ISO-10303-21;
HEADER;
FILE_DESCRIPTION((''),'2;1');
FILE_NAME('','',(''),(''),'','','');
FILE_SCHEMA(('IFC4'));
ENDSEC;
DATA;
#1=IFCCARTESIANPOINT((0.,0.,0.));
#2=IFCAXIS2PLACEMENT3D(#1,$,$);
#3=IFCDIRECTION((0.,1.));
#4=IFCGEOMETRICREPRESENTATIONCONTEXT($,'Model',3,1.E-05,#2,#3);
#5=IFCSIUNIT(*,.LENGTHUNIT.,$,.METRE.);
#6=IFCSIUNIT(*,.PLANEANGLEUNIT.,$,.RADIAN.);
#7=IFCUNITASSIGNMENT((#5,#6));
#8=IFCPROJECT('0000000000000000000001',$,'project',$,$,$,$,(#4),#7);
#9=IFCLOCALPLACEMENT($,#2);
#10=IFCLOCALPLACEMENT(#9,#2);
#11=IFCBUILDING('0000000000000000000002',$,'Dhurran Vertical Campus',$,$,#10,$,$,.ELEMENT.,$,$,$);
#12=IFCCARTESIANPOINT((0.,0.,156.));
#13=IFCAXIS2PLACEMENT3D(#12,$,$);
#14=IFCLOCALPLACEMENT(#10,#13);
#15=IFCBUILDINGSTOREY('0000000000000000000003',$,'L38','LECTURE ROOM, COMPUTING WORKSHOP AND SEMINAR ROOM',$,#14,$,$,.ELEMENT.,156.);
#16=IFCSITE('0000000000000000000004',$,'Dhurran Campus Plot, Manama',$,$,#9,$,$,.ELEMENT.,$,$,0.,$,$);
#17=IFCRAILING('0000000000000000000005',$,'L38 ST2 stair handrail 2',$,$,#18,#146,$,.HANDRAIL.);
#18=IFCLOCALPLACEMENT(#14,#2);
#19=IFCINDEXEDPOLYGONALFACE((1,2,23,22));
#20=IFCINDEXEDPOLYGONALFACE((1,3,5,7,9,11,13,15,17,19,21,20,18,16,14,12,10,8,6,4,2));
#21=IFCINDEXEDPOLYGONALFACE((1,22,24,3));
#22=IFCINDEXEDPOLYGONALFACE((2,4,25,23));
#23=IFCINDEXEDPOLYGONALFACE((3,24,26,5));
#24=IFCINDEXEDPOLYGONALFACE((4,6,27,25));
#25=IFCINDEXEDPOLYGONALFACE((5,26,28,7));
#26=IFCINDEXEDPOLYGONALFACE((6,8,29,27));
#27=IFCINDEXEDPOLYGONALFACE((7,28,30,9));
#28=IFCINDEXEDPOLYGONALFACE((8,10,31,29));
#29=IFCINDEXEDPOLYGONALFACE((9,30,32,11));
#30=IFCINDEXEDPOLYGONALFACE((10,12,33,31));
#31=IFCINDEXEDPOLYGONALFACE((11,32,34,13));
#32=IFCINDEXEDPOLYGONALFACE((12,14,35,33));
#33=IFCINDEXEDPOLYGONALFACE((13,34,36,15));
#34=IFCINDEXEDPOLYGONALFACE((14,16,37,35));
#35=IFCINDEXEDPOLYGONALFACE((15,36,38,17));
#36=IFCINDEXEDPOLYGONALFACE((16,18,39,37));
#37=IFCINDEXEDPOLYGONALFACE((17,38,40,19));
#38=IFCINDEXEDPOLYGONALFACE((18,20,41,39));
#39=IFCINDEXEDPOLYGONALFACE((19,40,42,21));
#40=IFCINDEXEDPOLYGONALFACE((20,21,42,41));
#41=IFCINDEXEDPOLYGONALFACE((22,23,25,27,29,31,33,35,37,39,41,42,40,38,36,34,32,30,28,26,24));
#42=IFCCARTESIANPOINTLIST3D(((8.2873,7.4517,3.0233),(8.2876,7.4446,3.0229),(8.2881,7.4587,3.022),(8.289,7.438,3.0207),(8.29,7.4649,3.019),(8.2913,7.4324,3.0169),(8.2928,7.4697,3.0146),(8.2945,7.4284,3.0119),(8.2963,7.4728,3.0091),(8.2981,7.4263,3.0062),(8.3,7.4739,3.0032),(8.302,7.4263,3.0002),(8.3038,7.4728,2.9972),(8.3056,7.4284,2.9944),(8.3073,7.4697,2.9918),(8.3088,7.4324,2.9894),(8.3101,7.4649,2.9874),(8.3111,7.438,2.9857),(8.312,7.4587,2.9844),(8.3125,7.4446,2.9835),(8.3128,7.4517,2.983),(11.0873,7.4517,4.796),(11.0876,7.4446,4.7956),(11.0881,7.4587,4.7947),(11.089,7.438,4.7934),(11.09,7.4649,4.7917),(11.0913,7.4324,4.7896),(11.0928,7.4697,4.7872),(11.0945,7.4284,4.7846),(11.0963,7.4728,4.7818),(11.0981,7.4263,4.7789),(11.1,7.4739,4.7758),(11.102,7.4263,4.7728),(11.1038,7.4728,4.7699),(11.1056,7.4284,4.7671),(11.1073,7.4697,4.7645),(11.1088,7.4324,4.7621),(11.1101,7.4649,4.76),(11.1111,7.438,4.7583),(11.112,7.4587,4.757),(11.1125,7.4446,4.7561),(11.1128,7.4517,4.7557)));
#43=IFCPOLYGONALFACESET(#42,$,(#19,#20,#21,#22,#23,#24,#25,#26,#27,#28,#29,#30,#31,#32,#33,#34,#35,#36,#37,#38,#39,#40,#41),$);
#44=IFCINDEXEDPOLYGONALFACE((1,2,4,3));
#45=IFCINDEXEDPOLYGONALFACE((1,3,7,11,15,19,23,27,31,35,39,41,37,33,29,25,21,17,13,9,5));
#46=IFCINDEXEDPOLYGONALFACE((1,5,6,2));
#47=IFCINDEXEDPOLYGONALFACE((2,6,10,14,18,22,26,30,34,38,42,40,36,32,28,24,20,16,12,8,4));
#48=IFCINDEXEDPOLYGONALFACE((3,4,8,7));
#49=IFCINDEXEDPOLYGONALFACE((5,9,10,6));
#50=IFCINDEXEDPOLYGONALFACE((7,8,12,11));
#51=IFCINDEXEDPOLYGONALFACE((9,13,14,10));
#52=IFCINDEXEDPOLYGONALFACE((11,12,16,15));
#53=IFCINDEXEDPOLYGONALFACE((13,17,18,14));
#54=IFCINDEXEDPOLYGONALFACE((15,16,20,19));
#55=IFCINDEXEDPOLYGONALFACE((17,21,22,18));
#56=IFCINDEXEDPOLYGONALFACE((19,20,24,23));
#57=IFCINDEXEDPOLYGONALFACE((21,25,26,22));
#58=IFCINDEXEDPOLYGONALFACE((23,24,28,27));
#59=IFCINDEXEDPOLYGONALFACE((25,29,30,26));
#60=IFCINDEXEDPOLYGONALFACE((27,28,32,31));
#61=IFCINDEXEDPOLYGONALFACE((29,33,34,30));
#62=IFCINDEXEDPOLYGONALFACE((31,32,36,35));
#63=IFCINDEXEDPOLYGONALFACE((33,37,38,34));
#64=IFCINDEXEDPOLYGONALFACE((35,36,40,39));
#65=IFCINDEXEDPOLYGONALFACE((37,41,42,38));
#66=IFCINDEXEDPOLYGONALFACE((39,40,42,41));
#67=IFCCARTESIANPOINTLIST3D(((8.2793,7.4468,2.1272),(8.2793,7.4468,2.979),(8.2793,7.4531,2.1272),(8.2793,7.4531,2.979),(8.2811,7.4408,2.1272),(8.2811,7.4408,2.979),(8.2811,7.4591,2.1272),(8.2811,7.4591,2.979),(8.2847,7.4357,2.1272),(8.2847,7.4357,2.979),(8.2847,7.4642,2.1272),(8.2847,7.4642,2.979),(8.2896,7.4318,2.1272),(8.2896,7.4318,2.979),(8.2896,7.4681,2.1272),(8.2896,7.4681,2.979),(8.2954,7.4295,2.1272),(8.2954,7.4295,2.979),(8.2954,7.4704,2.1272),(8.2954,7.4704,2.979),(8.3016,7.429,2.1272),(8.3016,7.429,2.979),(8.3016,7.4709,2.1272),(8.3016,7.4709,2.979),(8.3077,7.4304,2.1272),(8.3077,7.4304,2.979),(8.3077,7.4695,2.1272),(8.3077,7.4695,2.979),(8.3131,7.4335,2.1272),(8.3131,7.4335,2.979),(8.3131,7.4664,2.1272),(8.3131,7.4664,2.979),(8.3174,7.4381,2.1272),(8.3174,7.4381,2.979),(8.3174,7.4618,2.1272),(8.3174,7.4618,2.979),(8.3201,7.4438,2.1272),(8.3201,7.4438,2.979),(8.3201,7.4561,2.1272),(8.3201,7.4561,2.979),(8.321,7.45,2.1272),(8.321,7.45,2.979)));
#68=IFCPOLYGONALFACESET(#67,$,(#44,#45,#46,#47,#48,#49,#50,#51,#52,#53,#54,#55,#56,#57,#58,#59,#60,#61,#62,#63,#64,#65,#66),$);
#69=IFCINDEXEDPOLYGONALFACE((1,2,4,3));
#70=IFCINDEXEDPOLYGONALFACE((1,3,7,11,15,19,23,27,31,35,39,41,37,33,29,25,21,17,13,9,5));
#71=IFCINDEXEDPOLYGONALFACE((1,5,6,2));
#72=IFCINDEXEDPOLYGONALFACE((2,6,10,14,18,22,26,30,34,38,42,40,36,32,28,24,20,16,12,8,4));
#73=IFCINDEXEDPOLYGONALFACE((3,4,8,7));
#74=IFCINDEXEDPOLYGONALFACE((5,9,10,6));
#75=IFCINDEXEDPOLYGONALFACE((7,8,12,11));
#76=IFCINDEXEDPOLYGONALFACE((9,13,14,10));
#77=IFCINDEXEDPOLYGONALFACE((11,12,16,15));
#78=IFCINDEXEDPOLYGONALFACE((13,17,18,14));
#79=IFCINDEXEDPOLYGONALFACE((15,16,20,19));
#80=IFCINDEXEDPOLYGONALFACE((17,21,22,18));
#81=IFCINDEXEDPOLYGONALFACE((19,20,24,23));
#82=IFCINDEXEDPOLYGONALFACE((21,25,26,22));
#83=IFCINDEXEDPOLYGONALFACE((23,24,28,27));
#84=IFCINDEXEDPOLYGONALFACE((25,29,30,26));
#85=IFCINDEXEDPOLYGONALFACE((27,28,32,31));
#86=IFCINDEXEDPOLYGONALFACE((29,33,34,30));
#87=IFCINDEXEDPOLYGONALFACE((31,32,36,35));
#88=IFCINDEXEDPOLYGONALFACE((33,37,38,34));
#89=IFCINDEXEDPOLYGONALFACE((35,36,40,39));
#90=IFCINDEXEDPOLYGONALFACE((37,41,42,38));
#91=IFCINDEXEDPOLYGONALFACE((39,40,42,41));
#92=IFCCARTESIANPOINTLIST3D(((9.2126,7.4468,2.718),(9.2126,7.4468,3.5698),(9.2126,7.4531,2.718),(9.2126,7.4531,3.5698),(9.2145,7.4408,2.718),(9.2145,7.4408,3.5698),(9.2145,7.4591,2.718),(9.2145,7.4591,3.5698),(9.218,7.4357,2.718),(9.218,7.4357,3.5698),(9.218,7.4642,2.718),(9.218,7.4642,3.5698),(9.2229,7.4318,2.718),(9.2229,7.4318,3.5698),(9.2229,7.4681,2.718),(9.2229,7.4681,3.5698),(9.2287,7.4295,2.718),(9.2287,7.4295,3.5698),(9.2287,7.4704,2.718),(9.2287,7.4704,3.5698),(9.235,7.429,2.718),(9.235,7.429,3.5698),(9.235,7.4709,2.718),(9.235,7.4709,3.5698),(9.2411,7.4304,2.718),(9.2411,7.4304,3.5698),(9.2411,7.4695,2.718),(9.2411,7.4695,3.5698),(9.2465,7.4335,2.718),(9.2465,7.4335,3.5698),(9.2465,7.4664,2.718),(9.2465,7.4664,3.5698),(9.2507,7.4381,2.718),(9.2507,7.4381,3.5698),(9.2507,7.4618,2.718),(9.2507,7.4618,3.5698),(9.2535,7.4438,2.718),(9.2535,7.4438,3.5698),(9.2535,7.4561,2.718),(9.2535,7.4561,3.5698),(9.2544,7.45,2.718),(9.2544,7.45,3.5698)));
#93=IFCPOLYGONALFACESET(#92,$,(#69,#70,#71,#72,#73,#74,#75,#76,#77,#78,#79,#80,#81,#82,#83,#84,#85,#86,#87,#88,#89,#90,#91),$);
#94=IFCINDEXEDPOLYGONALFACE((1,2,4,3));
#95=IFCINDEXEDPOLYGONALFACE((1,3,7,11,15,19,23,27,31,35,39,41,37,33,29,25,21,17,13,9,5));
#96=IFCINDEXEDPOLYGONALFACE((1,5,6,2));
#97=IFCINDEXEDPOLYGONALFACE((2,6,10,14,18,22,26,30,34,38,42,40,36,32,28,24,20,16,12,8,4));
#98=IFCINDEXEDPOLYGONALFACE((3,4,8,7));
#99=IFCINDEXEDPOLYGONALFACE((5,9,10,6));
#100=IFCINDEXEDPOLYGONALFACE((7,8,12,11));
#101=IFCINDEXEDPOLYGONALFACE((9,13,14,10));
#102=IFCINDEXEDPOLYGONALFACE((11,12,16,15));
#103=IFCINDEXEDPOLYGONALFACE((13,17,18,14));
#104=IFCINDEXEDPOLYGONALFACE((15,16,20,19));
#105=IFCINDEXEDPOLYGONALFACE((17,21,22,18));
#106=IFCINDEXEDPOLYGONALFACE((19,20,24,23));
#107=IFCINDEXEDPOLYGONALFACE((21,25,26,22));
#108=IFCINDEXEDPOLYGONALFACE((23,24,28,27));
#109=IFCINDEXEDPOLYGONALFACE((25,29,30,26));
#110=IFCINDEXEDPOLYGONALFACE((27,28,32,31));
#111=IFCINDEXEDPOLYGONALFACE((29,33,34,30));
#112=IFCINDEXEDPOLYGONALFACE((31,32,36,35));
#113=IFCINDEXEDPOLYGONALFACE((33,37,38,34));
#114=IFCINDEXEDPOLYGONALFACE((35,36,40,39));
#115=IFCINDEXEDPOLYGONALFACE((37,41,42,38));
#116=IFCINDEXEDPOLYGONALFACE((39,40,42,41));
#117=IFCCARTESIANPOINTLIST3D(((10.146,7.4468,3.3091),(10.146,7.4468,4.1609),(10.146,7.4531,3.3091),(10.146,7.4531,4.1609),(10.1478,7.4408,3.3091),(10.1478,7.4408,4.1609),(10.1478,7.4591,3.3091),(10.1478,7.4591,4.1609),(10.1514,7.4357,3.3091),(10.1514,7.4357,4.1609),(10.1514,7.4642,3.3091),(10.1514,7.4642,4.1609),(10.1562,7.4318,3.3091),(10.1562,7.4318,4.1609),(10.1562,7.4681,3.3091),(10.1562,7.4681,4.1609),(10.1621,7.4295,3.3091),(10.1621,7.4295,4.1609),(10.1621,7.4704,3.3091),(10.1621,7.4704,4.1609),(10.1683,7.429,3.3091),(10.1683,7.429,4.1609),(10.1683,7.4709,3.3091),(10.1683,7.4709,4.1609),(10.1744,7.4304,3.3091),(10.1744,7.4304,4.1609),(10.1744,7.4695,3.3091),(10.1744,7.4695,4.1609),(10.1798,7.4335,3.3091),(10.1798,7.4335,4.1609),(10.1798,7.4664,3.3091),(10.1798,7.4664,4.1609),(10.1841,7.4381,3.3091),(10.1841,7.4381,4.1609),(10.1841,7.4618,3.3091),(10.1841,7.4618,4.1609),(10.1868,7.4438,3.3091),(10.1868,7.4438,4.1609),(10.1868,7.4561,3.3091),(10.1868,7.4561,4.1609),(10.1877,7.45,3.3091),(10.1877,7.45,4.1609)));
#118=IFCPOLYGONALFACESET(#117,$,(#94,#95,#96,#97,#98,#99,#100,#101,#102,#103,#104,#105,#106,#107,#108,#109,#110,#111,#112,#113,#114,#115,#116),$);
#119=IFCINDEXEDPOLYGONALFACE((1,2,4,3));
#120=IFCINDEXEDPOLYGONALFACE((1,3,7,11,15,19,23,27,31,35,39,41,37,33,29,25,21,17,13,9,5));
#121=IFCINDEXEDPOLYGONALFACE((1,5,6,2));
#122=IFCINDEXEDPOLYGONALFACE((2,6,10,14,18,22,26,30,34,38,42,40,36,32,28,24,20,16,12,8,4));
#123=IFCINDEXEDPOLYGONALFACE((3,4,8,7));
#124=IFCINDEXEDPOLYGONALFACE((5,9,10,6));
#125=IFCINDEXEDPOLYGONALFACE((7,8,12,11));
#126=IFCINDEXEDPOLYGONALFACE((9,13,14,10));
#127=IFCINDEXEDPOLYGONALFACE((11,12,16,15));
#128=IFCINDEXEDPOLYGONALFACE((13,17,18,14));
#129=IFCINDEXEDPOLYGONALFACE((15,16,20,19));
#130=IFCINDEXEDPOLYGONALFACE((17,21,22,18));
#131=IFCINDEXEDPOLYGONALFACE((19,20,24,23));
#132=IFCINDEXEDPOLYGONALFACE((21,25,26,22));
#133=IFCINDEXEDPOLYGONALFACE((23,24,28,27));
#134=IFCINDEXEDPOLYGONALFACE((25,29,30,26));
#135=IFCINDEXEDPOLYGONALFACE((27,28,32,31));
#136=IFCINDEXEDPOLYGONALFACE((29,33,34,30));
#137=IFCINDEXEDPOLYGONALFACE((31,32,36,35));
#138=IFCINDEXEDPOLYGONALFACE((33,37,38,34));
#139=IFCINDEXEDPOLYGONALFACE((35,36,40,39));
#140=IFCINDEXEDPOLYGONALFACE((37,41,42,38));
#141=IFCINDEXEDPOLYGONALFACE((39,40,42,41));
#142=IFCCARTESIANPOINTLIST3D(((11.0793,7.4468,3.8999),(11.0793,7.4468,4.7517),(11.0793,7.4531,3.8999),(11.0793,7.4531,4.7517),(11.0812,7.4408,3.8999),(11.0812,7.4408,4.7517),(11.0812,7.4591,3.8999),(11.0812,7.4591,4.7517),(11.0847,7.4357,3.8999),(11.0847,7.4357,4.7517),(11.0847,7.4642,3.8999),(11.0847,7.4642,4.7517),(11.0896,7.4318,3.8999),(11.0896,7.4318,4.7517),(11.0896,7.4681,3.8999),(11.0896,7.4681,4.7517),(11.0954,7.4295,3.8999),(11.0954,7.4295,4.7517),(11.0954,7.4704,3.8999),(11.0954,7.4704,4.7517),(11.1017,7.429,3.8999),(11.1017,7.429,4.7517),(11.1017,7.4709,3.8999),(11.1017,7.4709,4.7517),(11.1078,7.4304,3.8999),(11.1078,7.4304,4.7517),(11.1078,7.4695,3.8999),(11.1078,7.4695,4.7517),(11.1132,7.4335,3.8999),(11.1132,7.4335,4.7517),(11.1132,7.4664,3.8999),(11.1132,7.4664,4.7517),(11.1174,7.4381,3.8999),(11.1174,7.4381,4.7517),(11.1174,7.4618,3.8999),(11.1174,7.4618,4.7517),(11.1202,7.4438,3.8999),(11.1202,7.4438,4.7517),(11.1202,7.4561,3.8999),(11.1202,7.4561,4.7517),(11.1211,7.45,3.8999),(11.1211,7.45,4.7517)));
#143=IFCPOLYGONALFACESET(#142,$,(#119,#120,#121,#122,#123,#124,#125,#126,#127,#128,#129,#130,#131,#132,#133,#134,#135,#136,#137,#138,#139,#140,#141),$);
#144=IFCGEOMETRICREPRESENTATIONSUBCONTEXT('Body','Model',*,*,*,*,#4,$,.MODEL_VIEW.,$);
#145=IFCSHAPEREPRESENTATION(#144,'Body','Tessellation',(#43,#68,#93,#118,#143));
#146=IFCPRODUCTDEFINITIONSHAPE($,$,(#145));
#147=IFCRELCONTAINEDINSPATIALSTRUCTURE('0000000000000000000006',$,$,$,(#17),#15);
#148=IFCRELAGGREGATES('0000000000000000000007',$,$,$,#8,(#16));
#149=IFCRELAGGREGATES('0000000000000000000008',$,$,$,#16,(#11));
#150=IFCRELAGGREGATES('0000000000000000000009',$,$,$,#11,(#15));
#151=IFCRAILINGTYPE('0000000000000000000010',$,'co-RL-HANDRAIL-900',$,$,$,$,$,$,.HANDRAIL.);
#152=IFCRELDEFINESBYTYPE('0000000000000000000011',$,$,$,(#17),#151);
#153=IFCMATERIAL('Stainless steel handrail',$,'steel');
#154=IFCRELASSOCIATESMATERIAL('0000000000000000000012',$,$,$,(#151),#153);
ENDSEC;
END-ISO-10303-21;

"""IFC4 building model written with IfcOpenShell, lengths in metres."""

from ifc_helpers import new_model, si_unit, direction, frame, origin, origin_2d, place, context, subcontext, project, spatial, circle, extrude, material, type_object, element, save


model = new_model("IFC4")

# Units and contexts
model_context = context("Model", 3, precision=1e-05, world=origin(), true_north=direction((0.0, 1.0)))
body_context = subcontext(model_context, "Body", "Model", "MODEL_VIEW")
ifc_project = project(units=[si_unit("LENGTHUNIT", "METRE"), si_unit("PLANEANGLEUNIT", "RADIAN")], contexts=[model_context])

# Site, building, storey
site_placement = place(None, origin())
site = spatial("IfcSite", under=ifc_project, at=site_placement, Name="Dhurran Campus Plot, Manama", CompositionType="ELEMENT", RefElevation=0.0)
building_placement = place(site_placement, origin())
building = spatial("IfcBuilding", under=site, at=building_placement, Name="Dhurran Vertical Campus", CompositionType="ELEMENT")
storey_placement = place(building_placement, frame((0.0, 0.0, 156.0)))
storey = spatial("IfcBuildingStorey", under=building, at=storey_placement, Name="L38", Description="LECTURE ROOM, COMPUTING WORKSHOP AND SEMINAR ROOM", CompositionType="ELEMENT", Elevation=156.0)

# Railing
ifc_material_1 = material(Name="Stainless steel handrail", Category="steel")
railing_type_1 = type_object("IfcRailingType", Name="co-RL-HANDRAIL-900", PredefinedType="HANDRAIL", material=ifc_material_1)
railing_1_placement = place(storey_placement, frame((8.3, 7.45, 2.1272)))
element("IfcRailing", 1, at=railing_1_placement, inside=storey, type_object=railing_type_1, Name="L38 ST2 stair handrail 2", PredefinedType="HANDRAIL", context=body_context, shape_type="SweptSolid", body=[
    extrude(circle(Radius=0.0239, at=origin_2d()), frame((0.0, 0.0, 0.876), z_axis=(0.844909, 0.0, 0.53491), x_axis=(0.0, 1.0, 0.0)), (0.0, 0.0, 1.0), 3.314),
    extrude(circle(Radius=0.021, at=origin_2d()), origin(), (0.0, 0.0, 1.0), 0.8518),
    extrude(circle(Radius=0.021, at=origin_2d()), frame((0.9333, 0.0, 0.5908)), (0.0, 0.0, 1.0), 0.8518),
    extrude(circle(Radius=0.021, at=origin_2d()), frame((1.8667, 0.0, 1.1819)), (0.0, 0.0, 1.0), 0.8518),
    extrude(circle(Radius=0.021, at=origin_2d()), frame((2.8, 0.0, 1.7727)), (0.0, 0.0, 1.0), 0.8518),
])

save(model, "model.ifc")
